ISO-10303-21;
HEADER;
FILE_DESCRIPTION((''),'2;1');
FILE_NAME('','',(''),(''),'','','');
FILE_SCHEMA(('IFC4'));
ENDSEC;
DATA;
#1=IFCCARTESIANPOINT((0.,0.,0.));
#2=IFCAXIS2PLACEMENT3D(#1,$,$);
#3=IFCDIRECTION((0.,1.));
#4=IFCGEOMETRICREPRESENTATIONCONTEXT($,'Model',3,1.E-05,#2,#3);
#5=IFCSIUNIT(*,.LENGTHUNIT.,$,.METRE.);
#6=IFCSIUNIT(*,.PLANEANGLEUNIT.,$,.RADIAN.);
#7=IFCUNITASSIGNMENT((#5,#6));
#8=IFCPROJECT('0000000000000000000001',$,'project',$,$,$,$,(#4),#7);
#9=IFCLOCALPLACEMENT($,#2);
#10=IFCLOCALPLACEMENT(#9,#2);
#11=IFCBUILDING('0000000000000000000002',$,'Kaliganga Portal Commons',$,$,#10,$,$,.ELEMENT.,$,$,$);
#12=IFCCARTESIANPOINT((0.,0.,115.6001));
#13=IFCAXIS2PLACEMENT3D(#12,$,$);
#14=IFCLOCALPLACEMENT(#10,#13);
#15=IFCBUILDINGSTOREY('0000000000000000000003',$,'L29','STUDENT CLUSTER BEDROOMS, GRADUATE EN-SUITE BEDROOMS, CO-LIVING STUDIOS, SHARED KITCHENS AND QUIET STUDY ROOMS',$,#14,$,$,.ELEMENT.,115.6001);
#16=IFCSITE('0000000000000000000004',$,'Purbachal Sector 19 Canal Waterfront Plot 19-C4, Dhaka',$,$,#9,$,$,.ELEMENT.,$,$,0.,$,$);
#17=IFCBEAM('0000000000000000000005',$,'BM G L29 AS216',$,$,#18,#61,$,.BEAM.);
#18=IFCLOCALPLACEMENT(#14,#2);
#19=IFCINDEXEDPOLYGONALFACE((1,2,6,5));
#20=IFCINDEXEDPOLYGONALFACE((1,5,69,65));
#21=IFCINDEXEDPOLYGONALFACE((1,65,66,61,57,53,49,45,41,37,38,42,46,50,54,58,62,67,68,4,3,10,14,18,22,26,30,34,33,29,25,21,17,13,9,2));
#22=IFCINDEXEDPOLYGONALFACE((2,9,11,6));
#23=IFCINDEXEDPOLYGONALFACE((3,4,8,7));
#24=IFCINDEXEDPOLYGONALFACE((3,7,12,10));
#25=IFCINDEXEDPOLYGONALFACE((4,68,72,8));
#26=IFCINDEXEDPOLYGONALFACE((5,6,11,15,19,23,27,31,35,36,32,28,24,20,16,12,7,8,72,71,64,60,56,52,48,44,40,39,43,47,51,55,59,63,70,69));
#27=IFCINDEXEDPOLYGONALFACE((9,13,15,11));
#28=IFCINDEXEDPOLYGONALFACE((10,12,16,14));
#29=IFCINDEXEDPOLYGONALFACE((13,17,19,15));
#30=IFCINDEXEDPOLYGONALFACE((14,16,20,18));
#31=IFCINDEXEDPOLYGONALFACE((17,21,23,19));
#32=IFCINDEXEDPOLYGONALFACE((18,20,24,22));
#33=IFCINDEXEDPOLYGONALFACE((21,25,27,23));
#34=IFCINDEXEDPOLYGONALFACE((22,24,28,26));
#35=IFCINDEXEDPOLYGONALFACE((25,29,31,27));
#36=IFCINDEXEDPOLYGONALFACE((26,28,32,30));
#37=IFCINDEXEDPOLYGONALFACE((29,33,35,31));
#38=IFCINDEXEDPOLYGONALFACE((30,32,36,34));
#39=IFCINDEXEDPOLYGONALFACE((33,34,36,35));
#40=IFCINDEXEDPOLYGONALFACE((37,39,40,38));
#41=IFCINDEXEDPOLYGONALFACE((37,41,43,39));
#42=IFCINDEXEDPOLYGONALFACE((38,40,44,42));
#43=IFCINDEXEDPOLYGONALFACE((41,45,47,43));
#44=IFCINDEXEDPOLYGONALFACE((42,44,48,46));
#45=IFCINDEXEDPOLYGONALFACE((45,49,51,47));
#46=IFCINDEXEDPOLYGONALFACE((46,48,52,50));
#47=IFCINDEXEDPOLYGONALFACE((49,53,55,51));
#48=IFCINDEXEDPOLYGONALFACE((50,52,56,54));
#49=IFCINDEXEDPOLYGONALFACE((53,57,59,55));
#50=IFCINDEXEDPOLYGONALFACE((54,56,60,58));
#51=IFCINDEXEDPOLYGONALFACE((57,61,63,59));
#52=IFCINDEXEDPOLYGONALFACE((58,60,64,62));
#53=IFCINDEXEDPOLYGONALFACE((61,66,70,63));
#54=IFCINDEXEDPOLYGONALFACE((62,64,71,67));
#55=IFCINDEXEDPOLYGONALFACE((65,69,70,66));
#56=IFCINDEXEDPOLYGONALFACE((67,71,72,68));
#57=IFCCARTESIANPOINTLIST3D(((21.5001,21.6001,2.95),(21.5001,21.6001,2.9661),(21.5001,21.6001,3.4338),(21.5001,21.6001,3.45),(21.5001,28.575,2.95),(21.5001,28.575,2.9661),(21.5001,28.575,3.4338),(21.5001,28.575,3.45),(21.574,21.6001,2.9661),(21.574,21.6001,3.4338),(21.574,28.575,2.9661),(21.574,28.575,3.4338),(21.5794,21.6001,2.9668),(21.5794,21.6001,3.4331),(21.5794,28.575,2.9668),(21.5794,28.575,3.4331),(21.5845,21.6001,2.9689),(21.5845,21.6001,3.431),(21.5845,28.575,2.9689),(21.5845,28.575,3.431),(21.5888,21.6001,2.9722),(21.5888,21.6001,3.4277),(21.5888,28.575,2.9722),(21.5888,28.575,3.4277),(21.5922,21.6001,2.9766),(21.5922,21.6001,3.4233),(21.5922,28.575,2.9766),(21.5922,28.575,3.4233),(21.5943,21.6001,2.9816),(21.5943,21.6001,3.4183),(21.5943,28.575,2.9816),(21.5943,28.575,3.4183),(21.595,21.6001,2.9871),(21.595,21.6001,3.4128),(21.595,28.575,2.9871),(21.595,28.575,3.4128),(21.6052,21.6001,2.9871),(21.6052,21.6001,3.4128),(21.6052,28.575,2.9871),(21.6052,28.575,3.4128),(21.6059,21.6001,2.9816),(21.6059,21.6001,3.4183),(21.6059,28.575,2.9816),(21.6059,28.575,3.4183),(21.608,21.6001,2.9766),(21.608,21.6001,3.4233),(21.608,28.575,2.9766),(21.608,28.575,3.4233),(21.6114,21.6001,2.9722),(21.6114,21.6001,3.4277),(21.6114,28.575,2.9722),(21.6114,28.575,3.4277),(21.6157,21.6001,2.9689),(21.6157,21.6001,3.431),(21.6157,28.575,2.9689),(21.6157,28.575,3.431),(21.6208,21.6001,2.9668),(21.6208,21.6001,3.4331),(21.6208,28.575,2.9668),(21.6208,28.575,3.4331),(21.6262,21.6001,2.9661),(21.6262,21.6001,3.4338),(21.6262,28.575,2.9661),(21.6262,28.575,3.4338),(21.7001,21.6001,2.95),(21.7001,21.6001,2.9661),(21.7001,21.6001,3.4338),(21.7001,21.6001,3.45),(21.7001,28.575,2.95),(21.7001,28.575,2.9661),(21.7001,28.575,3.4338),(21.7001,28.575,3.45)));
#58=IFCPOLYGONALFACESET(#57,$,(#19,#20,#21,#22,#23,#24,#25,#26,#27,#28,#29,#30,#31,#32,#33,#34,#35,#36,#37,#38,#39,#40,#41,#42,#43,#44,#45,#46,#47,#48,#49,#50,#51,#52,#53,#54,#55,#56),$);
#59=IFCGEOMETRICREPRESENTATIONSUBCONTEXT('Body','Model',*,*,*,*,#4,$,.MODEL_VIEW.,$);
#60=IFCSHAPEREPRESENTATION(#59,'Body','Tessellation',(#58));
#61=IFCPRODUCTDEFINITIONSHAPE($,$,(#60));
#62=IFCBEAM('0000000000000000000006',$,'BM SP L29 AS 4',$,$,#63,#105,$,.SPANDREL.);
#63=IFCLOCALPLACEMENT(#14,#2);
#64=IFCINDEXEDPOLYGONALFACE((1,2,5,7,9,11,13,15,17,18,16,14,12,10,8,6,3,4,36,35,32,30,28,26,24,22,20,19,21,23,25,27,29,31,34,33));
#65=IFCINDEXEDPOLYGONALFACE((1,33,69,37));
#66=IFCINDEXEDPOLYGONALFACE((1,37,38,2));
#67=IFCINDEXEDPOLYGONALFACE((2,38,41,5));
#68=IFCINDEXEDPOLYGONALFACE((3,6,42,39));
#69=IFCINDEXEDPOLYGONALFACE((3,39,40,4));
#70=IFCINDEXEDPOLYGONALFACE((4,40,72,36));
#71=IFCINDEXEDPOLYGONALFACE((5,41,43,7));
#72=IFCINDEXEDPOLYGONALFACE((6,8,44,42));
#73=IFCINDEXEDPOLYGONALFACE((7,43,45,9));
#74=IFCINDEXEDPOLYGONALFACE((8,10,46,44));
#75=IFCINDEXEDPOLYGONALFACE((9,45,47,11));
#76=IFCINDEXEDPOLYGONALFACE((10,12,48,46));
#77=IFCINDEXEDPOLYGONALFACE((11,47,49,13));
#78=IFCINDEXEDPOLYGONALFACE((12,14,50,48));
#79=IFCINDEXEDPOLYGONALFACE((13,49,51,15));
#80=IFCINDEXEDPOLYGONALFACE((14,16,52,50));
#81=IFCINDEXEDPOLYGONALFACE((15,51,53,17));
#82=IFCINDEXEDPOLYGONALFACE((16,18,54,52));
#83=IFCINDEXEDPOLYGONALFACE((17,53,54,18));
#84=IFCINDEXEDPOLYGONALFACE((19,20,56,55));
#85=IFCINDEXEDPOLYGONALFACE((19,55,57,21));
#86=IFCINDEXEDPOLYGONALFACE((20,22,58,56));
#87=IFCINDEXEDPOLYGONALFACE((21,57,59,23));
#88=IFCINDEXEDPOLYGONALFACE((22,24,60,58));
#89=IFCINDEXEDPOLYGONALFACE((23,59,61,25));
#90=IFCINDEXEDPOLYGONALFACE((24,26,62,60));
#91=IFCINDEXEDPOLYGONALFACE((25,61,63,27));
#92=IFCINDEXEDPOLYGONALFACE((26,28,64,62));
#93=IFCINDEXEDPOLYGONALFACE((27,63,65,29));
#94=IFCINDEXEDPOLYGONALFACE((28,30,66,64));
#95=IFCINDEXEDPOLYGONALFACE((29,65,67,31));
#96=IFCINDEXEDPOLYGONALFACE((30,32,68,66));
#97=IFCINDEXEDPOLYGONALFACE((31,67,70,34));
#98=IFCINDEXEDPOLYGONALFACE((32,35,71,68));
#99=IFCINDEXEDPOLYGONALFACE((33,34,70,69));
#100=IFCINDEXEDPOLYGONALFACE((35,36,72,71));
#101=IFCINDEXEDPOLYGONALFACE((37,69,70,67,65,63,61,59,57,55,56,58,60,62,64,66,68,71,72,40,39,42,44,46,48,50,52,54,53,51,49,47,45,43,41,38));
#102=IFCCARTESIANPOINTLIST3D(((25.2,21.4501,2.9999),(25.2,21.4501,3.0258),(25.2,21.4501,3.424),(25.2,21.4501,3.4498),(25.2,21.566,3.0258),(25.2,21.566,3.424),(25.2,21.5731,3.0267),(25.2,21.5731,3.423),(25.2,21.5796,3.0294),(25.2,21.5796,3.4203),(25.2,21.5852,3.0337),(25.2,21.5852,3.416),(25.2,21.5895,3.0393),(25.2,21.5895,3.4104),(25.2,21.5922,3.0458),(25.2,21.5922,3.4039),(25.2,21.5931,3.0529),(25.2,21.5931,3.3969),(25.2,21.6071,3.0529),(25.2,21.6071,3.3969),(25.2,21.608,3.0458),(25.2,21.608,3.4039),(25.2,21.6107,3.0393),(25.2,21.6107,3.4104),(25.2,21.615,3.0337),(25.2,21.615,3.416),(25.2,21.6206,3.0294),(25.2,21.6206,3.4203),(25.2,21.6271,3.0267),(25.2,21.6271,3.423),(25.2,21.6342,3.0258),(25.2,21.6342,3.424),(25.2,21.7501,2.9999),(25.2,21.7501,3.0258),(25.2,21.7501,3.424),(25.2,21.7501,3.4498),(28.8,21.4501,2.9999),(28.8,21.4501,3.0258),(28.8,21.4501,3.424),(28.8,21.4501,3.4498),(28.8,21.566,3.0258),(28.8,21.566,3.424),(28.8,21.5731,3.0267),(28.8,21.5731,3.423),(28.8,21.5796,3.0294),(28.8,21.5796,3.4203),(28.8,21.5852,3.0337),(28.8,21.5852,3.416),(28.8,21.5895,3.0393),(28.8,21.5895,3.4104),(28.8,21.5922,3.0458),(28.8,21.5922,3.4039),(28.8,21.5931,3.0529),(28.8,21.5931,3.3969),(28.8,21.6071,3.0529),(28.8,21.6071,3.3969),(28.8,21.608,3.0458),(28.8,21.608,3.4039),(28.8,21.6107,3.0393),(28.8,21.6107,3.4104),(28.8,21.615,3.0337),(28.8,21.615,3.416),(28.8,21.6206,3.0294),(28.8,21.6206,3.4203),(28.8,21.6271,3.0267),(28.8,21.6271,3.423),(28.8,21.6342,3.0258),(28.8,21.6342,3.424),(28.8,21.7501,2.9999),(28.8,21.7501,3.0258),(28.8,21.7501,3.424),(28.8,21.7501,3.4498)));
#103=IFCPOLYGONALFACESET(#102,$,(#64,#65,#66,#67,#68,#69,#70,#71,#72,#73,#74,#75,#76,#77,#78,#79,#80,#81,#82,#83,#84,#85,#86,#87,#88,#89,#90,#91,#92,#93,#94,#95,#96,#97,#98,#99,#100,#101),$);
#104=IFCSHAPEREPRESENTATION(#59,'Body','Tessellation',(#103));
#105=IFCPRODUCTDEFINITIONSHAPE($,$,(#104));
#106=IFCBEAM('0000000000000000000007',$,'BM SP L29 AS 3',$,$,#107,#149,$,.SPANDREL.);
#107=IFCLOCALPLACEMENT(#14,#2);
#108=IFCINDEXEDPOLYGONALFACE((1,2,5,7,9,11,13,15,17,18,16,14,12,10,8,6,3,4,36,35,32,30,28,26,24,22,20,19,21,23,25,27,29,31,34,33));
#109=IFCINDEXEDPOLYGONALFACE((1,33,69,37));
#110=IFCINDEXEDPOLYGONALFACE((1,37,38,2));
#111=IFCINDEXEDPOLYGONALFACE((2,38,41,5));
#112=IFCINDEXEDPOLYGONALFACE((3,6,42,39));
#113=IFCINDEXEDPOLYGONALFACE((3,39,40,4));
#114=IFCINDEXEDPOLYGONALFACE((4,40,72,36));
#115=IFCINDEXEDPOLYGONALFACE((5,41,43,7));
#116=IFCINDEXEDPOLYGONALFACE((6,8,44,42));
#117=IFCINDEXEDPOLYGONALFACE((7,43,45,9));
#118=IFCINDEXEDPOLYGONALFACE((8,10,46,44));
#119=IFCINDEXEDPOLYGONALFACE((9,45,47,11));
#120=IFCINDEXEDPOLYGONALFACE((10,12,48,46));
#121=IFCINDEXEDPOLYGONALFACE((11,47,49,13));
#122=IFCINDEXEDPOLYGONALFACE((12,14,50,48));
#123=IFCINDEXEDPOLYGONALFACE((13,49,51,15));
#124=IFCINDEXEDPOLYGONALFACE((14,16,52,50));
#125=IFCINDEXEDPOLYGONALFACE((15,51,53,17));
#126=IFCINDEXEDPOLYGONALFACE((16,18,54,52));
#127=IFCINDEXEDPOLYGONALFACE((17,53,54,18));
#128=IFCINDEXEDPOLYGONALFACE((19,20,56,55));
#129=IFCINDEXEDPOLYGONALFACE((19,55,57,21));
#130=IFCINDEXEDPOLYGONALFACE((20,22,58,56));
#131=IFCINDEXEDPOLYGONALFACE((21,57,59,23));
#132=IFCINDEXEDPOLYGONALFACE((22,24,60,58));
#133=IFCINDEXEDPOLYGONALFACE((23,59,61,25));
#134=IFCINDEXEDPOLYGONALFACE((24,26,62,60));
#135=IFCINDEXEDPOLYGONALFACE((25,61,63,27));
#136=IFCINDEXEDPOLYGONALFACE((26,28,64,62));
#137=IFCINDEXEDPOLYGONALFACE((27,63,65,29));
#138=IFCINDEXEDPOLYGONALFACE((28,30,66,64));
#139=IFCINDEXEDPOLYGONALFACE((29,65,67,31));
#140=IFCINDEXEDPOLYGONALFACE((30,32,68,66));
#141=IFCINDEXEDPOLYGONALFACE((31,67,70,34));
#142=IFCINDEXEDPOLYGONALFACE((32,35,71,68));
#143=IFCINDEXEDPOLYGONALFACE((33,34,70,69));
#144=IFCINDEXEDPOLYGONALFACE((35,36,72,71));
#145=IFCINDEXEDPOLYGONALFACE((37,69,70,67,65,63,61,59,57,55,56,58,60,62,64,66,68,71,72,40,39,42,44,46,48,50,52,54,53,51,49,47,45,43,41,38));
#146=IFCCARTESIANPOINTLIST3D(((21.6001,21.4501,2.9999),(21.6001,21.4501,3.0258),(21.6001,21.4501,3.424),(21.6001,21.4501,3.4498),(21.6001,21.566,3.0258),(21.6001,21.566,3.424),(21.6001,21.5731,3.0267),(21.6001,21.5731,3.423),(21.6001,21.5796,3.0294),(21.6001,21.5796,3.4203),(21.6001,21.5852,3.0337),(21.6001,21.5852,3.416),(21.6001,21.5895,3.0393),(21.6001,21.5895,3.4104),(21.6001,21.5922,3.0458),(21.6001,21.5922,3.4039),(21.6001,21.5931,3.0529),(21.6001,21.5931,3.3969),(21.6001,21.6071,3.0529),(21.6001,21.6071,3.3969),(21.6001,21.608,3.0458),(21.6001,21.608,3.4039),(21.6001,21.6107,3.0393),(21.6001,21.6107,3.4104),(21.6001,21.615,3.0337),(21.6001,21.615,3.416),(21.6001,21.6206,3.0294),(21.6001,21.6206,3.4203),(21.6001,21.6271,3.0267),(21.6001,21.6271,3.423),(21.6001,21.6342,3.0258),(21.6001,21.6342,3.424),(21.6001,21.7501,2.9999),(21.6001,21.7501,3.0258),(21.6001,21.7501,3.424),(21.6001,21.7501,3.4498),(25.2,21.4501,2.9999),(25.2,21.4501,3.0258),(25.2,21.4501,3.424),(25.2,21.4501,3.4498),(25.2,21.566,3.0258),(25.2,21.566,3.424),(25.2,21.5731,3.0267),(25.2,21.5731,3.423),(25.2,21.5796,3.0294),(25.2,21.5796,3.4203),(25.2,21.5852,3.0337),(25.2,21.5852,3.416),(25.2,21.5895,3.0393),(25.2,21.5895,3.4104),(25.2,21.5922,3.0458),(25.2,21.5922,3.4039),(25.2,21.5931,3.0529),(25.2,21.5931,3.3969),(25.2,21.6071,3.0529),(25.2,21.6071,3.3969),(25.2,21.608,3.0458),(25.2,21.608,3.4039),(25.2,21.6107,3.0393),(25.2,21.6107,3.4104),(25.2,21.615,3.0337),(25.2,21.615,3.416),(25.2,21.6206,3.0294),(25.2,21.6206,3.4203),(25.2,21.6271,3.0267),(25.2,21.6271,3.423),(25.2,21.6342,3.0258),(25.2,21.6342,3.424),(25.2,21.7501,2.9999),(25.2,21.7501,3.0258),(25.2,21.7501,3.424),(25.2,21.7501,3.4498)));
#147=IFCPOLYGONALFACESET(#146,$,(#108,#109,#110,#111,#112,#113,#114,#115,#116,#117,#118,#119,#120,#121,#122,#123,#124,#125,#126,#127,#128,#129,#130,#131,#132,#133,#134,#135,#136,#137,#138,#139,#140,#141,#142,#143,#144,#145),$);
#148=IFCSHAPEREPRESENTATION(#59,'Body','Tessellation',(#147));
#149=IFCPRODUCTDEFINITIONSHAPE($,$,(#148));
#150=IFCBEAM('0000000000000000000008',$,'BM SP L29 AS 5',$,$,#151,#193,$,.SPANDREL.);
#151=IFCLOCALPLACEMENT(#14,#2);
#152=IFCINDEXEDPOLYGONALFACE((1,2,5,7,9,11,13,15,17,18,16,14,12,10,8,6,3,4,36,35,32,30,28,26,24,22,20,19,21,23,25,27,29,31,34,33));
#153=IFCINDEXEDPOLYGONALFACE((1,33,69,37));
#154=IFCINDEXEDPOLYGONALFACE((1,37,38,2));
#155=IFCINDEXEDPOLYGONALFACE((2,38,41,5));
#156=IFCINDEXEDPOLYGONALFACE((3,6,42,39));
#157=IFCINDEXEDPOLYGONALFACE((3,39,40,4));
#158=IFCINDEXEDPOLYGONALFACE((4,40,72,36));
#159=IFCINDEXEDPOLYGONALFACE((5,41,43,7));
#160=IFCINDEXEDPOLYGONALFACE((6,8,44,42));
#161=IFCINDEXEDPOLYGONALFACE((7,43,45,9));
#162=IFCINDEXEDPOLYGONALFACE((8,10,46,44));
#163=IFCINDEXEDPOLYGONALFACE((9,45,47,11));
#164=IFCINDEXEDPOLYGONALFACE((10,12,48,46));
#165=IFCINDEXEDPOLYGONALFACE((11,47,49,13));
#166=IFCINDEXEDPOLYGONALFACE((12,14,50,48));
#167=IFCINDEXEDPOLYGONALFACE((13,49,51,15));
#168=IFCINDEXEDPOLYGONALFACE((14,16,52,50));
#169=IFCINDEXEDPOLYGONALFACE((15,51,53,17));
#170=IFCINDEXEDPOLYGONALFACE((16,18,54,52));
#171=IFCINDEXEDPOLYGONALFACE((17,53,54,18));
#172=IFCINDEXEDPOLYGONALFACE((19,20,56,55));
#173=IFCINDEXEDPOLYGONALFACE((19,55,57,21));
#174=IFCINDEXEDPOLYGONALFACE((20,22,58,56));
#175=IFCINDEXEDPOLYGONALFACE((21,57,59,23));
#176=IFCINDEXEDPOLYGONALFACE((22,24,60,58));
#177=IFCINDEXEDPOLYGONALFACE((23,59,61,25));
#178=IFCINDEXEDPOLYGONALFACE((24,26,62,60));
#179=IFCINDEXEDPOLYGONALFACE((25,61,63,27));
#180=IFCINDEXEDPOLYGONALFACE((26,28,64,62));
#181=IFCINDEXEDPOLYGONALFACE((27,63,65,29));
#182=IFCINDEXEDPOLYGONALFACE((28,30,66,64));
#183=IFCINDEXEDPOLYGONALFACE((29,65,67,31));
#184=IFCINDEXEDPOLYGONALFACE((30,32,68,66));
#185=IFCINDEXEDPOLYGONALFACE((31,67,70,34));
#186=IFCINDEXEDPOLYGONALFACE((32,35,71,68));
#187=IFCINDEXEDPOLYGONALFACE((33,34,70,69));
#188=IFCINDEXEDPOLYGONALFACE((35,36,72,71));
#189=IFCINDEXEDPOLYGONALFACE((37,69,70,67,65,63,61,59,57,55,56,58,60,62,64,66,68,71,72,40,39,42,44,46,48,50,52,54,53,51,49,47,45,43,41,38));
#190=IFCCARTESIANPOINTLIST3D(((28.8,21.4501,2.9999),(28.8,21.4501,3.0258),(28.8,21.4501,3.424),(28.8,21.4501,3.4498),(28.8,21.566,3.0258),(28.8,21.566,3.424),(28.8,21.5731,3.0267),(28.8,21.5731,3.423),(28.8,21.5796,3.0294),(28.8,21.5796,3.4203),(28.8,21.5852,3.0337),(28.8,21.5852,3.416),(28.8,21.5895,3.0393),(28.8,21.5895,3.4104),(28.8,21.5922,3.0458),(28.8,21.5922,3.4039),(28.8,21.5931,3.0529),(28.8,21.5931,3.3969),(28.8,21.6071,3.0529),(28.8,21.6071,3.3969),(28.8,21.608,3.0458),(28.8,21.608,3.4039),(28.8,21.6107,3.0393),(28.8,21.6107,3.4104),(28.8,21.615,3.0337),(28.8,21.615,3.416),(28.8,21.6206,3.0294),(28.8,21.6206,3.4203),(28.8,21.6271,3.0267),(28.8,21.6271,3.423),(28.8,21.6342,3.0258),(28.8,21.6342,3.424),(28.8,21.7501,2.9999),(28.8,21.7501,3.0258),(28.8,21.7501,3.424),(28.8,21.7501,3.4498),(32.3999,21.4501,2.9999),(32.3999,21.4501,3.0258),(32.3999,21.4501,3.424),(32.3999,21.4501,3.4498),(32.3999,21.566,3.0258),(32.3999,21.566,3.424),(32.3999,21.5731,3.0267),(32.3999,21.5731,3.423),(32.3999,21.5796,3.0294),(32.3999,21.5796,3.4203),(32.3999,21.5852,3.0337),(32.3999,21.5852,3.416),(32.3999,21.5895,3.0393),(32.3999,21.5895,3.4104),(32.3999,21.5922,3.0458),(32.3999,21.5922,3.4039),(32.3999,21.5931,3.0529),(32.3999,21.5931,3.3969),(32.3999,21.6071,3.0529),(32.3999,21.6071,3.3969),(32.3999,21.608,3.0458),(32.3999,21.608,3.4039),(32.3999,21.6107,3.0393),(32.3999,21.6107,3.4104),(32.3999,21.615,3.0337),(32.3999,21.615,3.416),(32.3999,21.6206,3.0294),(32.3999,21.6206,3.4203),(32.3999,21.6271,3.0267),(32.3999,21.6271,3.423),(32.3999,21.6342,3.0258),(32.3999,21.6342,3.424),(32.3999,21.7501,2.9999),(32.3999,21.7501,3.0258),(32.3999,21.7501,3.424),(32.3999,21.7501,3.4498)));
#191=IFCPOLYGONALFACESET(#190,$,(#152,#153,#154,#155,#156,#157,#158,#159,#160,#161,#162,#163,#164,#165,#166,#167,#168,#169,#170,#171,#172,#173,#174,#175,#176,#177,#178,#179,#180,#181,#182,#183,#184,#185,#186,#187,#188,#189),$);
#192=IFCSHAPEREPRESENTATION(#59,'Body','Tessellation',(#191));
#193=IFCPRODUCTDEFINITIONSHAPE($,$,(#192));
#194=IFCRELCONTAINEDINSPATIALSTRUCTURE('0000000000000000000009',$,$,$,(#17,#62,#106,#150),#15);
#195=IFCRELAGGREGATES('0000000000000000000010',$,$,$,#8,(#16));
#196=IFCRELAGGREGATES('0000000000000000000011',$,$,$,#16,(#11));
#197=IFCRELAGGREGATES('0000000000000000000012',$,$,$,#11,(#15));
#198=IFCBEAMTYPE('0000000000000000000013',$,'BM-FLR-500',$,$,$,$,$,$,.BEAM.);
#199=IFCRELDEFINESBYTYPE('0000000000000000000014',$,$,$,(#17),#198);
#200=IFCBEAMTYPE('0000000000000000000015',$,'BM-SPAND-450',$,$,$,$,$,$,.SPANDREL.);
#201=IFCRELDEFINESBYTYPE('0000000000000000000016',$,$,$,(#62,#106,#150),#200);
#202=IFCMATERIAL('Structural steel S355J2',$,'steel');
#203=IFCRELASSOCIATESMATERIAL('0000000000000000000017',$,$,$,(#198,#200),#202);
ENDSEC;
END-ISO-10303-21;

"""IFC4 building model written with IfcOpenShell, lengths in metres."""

from ifc_helpers import new_model, si_unit, direction, frame, origin, origin_2d, place, context, subcontext, project, spatial, i_section, extrude, source, transform, mapped, material, material_profile, profile_set, type_object, element, save


model = new_model("IFC4")

# Units and contexts
model_context = context("Model", 3, precision=1e-05, world=origin(), true_north=direction((0.0, 1.0)))
body_context = subcontext(model_context, "Body", "Model", "MODEL_VIEW")
ifc_project = project(units=[si_unit("LENGTHUNIT", "METRE"), si_unit("PLANEANGLEUNIT", "RADIAN")], contexts=[model_context])

# Site, building, storey
site_placement = place(None, origin())
site = spatial("IfcSite", under=ifc_project, at=site_placement, Name="Purbachal Sector 19 Canal Waterfront Plot 19-C4, Dhaka", CompositionType="ELEMENT", RefElevation=0.0)
building_placement = place(site_placement, origin())
building = spatial("IfcBuilding", under=site, at=building_placement, Name="Kaliganga Portal Commons", CompositionType="ELEMENT")
storey_placement = place(building_placement, frame((0.0, 0.0, 115.6001)))
storey = spatial("IfcBuildingStorey", under=building, at=storey_placement, Name="L29", Description="STUDENT CLUSTER BEDROOMS, GRADUATE EN-SUITE BEDROOMS, CO-LIVING STUDIOS, SHARED KITCHENS AND QUIET STUDY ROOMS", CompositionType="ELEMENT", Elevation=115.6001)

# Beams
ifc_material_1 = material(Name="Structural steel S355J2", Category="steel")
ifc_material_profile_1 = material_profile(ifc_material_1, i_section(OverallWidth=0.2, OverallDepth=0.5, WebThickness=0.0103, FlangeThickness=0.0161, FilletRadius=0.021, at=origin_2d()), Name="IPE 500")
ifc_profile_set_1 = profile_set([ifc_material_profile_1], Name="Structural steel S355J2 wide-flange")
beam_type_1 = type_object("IfcBeamType", Name="BM-FLR-500", PredefinedType="BEAM", material=ifc_profile_set_1)
shared_shape_1 = source(origin(), body_context, "Body", "SweptSolid", [
    extrude(i_section(OverallWidth=0.2, OverallDepth=0.5, WebThickness=0.0103, FlangeThickness=0.0161, FilletRadius=0.021, at=origin_2d()), origin(), (0.0, 0.0, 1.0), 6.9749),
])
beam_1_placement = place(storey_placement, frame((21.6001, 21.6001, 3.2), z_axis=(0.0, 1.0, 0.0), x_axis=(-1.0, 0.0, 0.0)))
element("IfcBeam", 1, at=beam_1_placement, inside=storey, type_object=beam_type_1, Name="BM G L29 AS216", PredefinedType="BEAM", context=body_context, shape_type="MappedRepresentation", body=[
    mapped(shared_shape_1, transform((0.0, 0.0, 0.0), x_axis=(1.0, 0.0, 0.0), y_axis=(0.0, 1.0, 0.0), z_axis=(0.0, 0.0, 1.0), scale=1.0)),
])
ifc_material_profile_2 = material_profile(ifc_material_1, i_section(OverallWidth=0.3, OverallDepth=0.45, WebThickness=0.0139, FlangeThickness=0.0259, FilletRadius=0.0271, at=origin_2d()), Name="HE 450 B")
ifc_profile_set_2 = profile_set([ifc_material_profile_2], Name="Structural steel S355J2 wide-flange")
beam_type_2 = type_object("IfcBeamType", Name="BM-SPAND-450", PredefinedType="SPANDREL", material=ifc_profile_set_2)
shared_shape_2 = source(origin(), body_context, "Body", "SweptSolid", [
    extrude(i_section(OverallWidth=0.3, OverallDepth=0.45, WebThickness=0.0139, FlangeThickness=0.0259, FilletRadius=0.0271, at=origin_2d()), origin(), (0.0, 0.0, 1.0), 3.6001),
])
beam_2_placement = place(storey_placement, frame((25.2, 21.6001, 3.2249), z_axis=(1.0, 0.0, 0.0), x_axis=(0.0, 1.0, 0.0)))
element("IfcBeam", 2, at=beam_2_placement, inside=storey, type_object=beam_type_2, Name="BM SP L29 AS 4", PredefinedType="SPANDREL", context=body_context, shape_type="MappedRepresentation", body=[
    mapped(shared_shape_2, transform((0.0, 0.0, 0.0), x_axis=(1.0, 0.0, 0.0), y_axis=(0.0, 1.0, 0.0), z_axis=(0.0, 0.0, 1.0), scale=1.0)),
])
shared_shape_3 = source(origin(), body_context, "Body", "SweptSolid", [
    extrude(i_section(OverallWidth=0.3, OverallDepth=0.45, WebThickness=0.0139, FlangeThickness=0.0259, FilletRadius=0.0271, at=origin_2d()), origin(), (0.0, 0.0, 1.0), 3.5999),
])
for number, where, z_axis, x_axis, name in (
    (3, (21.6001, 21.6001, 3.2249), (1.0, 0.0, 0.0), (0.0, 1.0, 0.0), "BM SP L29 AS 3"),
    (4, (28.8, 21.6001, 3.2249), (1.0, 0.0, 0.0), (0.0, 1.0, 0.0), "BM SP L29 AS 5"),
):
    element("IfcBeam", number, at=place(storey_placement, frame(where, z_axis=z_axis, x_axis=x_axis)), inside=storey, type_object=beam_type_2, Name=name, PredefinedType="SPANDREL", context=body_context, shape_type="MappedRepresentation", body=[
        mapped(shared_shape_3, transform((0.0, 0.0, 0.0), x_axis=(1.0, 0.0, 0.0), y_axis=(0.0, 1.0, 0.0), z_axis=(0.0, 0.0, 1.0), scale=1.0)),
    ])

save(model, "model.ifc")
